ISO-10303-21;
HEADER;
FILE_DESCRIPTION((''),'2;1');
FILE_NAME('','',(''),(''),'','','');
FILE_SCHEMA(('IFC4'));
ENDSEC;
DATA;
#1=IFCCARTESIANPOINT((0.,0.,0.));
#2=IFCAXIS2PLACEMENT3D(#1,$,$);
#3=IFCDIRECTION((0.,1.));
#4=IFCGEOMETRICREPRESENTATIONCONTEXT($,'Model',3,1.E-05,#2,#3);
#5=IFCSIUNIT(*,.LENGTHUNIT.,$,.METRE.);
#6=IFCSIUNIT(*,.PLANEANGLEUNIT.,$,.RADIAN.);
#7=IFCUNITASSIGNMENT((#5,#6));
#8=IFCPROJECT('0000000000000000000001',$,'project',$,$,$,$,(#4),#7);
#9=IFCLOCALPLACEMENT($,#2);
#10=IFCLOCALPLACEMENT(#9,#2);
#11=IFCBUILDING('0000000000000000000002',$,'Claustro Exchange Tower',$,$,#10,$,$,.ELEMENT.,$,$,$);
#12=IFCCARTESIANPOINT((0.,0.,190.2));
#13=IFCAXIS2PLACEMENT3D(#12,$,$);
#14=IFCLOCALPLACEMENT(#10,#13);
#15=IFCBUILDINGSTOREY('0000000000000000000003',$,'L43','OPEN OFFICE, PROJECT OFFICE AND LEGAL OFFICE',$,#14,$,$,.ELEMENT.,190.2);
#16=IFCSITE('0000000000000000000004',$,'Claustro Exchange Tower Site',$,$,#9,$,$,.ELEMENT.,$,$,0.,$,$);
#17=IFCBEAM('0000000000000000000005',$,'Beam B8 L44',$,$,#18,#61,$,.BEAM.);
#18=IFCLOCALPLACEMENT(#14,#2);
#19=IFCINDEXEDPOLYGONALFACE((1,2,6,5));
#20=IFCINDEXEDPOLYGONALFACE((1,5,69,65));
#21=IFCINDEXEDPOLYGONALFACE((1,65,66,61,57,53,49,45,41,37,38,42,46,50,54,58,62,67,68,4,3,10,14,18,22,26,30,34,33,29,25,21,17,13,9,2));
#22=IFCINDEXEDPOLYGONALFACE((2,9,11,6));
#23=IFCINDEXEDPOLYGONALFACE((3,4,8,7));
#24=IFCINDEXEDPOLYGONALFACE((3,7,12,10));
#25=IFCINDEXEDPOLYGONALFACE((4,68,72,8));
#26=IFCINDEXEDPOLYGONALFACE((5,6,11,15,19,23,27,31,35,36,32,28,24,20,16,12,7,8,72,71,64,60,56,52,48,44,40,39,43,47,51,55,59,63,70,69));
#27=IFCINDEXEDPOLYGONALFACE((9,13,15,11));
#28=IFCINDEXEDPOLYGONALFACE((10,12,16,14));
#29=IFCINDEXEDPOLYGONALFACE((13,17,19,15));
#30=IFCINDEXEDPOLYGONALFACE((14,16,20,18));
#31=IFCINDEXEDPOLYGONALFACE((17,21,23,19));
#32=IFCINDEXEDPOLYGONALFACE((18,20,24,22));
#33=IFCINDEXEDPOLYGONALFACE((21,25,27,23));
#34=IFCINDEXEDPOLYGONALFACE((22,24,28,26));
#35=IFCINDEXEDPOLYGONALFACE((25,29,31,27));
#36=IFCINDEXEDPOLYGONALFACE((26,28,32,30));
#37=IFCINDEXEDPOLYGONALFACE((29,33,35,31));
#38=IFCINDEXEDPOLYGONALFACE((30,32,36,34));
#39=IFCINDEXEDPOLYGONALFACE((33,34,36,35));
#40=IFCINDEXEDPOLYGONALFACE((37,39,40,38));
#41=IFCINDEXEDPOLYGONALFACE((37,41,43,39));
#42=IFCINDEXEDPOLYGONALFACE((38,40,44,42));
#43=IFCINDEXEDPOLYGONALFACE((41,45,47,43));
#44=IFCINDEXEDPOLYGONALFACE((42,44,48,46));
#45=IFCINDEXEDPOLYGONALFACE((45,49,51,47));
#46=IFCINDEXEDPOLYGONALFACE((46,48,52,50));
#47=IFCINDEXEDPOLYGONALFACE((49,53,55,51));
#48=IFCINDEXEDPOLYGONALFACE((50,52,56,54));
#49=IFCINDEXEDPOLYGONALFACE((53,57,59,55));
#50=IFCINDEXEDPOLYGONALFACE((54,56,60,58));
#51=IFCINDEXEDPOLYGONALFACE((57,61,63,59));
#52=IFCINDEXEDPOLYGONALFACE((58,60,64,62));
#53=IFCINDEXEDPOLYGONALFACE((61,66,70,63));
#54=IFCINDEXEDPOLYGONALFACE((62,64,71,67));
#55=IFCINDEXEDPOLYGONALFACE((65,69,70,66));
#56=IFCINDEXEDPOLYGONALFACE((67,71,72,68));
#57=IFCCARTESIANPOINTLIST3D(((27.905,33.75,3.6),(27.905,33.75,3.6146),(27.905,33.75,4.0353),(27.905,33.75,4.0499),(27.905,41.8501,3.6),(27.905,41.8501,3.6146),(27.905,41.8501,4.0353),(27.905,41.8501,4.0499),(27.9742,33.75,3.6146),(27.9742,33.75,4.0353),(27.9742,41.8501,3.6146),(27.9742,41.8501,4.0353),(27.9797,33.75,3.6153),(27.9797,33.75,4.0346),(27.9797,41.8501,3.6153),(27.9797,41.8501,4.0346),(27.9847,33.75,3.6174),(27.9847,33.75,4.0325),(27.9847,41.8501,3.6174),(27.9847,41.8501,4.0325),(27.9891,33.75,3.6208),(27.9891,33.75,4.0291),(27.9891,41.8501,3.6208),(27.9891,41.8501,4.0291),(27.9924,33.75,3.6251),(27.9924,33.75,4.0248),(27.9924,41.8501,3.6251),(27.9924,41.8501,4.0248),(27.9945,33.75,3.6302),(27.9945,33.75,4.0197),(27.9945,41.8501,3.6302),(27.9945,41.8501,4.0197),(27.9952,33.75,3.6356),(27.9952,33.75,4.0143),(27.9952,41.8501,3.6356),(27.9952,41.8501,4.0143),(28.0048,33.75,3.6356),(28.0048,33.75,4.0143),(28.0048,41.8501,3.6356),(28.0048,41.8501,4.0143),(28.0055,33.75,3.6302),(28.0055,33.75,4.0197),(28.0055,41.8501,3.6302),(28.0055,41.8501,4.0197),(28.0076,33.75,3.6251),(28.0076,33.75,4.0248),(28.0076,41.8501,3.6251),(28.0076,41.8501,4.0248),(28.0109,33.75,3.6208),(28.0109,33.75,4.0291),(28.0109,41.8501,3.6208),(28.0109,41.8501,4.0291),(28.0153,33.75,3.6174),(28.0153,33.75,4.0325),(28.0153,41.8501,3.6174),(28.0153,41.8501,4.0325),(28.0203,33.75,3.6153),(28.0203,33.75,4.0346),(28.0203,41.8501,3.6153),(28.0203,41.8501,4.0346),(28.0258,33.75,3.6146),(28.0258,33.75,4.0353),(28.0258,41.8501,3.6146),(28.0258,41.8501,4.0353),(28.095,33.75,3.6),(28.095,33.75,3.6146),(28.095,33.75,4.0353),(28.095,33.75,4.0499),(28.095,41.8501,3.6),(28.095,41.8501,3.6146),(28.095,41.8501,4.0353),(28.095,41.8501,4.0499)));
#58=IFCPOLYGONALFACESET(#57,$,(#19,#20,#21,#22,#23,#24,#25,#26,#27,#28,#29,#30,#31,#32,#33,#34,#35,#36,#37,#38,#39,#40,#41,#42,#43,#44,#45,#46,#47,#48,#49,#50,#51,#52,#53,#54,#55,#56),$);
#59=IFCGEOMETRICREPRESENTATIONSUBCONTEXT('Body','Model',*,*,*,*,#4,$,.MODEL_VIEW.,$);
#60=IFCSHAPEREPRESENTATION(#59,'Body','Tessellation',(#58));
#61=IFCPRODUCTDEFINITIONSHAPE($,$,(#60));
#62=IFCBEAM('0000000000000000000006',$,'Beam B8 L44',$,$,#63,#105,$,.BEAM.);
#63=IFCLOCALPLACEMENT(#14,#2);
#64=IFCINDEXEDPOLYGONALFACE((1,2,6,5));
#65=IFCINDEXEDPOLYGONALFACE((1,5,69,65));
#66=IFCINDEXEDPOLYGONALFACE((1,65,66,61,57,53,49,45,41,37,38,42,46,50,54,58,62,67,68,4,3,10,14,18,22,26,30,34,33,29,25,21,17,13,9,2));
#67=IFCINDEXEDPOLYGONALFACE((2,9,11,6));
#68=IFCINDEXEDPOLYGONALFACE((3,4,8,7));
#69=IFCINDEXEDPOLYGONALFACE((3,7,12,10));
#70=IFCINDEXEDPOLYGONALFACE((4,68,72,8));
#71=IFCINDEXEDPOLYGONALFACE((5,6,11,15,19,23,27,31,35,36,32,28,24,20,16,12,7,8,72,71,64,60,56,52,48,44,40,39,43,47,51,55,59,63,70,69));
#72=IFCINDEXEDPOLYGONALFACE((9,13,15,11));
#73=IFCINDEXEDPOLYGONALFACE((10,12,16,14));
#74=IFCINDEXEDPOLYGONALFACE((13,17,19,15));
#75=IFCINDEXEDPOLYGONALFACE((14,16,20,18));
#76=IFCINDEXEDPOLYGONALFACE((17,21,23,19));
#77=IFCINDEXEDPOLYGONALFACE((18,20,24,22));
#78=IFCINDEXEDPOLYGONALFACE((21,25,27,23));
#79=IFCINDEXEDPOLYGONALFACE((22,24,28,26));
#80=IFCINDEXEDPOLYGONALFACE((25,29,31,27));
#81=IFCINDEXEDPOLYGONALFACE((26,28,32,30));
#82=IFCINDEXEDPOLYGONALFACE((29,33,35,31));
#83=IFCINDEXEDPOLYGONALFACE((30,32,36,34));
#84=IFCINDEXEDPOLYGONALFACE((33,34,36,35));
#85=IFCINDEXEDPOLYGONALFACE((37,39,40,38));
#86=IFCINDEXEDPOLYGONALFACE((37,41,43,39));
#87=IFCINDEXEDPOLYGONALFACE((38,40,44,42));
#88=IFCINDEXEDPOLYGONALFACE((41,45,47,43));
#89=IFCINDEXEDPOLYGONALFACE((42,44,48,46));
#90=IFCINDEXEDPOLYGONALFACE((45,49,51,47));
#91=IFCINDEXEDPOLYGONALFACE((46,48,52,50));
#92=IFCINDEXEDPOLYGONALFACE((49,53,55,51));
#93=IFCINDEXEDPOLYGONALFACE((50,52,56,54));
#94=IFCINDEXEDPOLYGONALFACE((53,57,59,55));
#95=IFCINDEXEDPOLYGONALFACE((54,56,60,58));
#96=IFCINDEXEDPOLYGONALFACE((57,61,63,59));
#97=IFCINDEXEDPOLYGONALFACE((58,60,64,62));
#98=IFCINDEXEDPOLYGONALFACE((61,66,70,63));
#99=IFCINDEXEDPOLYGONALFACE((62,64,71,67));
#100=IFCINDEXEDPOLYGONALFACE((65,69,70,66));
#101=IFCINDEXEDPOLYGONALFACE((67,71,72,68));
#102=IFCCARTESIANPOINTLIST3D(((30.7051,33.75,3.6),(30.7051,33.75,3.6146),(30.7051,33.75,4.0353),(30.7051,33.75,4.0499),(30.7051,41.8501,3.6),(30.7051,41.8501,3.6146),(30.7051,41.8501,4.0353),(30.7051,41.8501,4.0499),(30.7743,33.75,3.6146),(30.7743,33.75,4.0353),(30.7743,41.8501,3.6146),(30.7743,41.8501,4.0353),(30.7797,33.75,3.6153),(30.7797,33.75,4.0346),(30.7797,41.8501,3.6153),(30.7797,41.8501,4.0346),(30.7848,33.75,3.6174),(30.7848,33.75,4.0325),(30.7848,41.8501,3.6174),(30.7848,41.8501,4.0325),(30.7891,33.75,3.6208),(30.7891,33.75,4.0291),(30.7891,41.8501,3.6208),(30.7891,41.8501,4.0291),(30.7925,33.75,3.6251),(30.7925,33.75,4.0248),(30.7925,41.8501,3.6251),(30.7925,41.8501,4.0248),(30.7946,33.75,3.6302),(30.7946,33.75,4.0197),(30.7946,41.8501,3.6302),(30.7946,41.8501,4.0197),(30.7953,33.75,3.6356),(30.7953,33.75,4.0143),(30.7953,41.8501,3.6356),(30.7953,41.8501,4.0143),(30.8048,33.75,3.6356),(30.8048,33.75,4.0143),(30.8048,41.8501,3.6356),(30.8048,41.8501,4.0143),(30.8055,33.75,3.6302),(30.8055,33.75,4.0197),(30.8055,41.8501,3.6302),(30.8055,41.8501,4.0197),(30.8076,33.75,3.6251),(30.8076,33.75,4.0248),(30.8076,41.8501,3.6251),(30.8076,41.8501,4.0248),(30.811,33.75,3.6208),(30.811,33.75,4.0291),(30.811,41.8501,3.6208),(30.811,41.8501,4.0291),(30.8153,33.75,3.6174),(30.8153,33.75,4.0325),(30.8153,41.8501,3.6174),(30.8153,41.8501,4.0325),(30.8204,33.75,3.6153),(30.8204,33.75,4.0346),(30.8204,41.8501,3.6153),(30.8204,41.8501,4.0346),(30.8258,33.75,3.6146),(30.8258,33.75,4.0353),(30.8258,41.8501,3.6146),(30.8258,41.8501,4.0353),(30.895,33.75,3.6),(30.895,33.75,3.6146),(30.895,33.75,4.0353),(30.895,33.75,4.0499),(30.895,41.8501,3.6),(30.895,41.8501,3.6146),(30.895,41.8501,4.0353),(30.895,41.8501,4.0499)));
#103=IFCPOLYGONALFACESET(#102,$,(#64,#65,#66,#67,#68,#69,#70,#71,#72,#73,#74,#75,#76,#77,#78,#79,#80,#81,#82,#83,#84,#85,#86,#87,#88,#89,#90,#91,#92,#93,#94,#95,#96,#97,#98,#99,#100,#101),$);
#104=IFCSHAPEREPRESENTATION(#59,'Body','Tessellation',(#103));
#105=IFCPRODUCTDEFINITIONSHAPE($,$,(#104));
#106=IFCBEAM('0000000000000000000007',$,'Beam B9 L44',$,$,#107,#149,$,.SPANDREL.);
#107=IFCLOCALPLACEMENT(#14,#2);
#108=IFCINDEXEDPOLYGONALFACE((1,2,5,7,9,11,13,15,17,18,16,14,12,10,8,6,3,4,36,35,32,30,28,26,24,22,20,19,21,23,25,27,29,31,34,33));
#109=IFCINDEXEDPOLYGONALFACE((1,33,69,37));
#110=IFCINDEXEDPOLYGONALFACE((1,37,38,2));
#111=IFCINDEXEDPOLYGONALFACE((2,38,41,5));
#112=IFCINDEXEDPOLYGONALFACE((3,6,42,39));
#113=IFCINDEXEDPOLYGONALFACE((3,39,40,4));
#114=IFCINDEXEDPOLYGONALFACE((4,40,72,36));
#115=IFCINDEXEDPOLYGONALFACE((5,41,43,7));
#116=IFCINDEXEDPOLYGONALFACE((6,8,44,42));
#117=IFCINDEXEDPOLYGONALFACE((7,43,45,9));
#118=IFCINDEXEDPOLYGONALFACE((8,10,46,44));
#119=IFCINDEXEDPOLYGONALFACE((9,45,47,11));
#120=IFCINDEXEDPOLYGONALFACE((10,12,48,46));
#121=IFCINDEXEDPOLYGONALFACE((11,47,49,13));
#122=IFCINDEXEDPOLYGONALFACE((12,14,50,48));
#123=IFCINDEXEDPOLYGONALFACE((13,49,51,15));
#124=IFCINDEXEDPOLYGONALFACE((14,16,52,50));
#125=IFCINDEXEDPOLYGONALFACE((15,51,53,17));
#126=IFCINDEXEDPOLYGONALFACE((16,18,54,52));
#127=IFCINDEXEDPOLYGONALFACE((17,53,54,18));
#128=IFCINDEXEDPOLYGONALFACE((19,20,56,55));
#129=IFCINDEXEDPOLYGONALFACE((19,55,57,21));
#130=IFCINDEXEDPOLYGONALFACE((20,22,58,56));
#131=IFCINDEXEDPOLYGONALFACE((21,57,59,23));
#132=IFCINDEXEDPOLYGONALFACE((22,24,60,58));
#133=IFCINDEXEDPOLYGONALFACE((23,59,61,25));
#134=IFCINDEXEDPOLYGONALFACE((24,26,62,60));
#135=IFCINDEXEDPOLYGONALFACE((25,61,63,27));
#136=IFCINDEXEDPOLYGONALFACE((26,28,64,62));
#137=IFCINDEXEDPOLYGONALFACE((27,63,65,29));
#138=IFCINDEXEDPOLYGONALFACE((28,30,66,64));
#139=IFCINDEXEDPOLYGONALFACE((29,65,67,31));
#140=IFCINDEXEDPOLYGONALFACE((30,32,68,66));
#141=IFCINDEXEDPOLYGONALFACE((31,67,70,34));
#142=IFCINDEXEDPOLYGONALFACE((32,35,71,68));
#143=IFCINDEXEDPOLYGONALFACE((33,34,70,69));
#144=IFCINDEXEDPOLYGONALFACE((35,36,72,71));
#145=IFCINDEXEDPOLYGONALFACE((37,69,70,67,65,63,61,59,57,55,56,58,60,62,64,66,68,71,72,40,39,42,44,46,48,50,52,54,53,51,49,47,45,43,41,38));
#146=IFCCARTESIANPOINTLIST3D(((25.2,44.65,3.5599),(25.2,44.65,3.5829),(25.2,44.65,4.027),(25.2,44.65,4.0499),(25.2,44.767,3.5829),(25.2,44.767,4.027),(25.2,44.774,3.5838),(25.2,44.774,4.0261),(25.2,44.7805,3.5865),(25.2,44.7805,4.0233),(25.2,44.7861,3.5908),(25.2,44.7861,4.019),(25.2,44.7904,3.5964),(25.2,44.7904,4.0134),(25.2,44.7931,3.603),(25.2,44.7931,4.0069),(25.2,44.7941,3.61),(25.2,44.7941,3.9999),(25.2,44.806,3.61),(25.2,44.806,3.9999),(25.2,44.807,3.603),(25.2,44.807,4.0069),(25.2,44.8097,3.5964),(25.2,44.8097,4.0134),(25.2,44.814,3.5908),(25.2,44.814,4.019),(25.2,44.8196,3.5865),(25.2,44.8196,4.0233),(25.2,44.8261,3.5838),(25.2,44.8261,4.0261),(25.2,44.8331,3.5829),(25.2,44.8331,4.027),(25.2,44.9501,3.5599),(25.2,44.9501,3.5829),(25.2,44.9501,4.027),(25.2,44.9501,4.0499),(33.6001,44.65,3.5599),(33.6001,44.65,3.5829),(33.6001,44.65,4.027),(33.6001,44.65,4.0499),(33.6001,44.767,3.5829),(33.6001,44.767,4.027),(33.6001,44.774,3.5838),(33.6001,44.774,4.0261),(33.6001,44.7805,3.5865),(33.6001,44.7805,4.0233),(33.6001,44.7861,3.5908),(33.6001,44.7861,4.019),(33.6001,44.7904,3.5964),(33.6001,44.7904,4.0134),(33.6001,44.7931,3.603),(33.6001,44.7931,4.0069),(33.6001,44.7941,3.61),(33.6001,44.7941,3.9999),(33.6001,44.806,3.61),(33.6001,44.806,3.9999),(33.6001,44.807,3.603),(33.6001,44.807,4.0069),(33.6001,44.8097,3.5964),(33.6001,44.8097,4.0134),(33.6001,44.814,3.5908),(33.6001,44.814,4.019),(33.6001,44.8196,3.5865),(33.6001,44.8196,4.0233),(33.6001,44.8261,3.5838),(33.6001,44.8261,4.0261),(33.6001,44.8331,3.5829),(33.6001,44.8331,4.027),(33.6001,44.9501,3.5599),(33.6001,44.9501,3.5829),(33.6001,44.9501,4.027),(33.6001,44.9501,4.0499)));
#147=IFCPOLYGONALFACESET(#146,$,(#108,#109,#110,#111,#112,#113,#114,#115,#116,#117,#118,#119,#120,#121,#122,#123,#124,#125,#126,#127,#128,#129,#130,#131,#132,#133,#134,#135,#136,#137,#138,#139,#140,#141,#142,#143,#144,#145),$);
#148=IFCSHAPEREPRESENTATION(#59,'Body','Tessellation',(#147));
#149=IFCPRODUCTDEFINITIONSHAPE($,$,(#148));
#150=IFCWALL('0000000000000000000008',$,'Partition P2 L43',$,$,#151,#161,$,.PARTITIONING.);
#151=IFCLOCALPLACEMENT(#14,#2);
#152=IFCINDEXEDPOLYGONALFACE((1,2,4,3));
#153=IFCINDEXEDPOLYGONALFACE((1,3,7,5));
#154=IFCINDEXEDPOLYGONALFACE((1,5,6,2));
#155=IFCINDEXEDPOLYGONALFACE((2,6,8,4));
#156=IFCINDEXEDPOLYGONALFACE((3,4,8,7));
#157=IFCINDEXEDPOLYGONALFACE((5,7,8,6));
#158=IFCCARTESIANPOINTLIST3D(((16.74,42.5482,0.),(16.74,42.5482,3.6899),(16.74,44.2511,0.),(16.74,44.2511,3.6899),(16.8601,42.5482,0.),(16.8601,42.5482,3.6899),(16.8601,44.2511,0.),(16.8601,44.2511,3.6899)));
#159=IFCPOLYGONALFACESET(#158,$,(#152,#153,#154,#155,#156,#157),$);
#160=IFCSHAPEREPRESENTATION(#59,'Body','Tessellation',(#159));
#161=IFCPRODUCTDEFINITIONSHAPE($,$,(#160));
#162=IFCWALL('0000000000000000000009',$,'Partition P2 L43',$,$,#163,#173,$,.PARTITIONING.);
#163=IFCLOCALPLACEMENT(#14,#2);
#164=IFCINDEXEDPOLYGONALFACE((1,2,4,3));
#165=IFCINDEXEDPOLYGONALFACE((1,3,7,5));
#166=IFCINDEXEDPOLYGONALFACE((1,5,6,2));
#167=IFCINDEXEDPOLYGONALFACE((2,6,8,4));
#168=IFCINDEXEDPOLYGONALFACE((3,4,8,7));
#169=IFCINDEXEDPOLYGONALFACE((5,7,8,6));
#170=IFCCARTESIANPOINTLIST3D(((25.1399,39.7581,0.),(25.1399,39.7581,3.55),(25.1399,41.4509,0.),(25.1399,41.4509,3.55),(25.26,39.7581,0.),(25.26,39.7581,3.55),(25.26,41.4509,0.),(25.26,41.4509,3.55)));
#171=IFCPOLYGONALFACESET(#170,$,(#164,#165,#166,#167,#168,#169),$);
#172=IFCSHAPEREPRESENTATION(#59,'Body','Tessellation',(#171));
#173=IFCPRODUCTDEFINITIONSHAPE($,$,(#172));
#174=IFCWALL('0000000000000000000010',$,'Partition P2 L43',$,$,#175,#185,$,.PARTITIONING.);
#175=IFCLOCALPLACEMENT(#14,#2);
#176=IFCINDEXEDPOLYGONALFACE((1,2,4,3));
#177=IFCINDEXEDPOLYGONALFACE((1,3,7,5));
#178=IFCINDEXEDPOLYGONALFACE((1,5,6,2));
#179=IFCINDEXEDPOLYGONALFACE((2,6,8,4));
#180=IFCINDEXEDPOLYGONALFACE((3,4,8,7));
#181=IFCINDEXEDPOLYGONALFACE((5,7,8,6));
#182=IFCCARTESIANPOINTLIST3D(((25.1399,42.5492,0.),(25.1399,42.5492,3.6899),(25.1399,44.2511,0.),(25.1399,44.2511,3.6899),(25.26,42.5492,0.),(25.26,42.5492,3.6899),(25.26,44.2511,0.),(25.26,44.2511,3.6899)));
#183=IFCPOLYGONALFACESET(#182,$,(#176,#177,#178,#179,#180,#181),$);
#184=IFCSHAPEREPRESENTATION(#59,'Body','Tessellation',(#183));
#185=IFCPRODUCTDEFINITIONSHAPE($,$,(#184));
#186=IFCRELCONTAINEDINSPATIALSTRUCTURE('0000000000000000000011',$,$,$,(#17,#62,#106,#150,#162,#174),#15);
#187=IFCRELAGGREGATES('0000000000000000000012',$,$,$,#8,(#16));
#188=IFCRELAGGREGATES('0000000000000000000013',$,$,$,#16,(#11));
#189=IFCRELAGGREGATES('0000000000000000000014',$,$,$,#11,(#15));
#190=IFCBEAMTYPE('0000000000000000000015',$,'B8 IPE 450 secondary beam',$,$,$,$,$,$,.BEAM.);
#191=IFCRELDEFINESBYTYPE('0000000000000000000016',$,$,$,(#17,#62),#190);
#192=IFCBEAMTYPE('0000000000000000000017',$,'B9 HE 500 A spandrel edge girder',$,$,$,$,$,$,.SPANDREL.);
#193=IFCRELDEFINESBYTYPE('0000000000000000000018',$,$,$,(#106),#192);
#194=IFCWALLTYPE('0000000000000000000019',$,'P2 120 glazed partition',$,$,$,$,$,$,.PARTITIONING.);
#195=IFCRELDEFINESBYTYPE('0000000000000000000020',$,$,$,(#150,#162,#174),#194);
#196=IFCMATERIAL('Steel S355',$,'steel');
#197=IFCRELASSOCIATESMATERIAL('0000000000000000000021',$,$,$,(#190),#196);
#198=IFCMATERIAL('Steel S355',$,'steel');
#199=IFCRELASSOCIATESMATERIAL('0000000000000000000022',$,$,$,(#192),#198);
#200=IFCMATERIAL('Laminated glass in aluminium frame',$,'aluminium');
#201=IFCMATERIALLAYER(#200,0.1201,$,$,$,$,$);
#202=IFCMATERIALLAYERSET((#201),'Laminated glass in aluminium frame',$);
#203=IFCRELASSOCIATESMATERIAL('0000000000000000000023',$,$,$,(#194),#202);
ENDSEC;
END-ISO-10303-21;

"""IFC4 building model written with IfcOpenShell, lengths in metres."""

from ifc_helpers import new_model, si_unit, direction, frame, frame_2d, origin, origin_2d, place, context, subcontext, project, spatial, rectangle, i_section, extrude, material, layer, layer_set, material_profile, profile_set, type_object, element, save


model = new_model("IFC4")

# Units and contexts
model_context = context("Model", 3, precision=1e-05, world=origin(), true_north=direction((0.0, 1.0)))
body_context = subcontext(model_context, "Body", "Model", "MODEL_VIEW")
ifc_project = project(units=[si_unit("LENGTHUNIT", "METRE"), si_unit("PLANEANGLEUNIT", "RADIAN")], contexts=[model_context])

# Site, building, storey
site_placement = place(None, origin())
site = spatial("IfcSite", under=ifc_project, at=site_placement, Name="Claustro Exchange Tower Site", CompositionType="ELEMENT", RefElevation=0.0)
building_placement = place(site_placement, origin())
building = spatial("IfcBuilding", under=site, at=building_placement, Name="Claustro Exchange Tower", CompositionType="ELEMENT")
storey_placement = place(building_placement, frame((0.0, 0.0, 190.2)))
storey = spatial("IfcBuildingStorey", under=building, at=storey_placement, Name="L43", Description="OPEN OFFICE, PROJECT OFFICE AND LEGAL OFFICE", CompositionType="ELEMENT", Elevation=190.2)

# Beams
ifc_material_1 = material(Name="Steel S355", Category="steel")
ifc_material_profile_1 = material_profile(ifc_material_1, i_section(OverallWidth=0.1899, OverallDepth=0.45, WebThickness=0.0095, FlangeThickness=0.0146, FilletRadius=0.021, at=origin_2d()), Name="IPE 450")
ifc_profile_set_1 = profile_set([ifc_material_profile_1], Name="Steel S355")
beam_type_1 = type_object("IfcBeamType", Name="B8 IPE 450 secondary beam", PredefinedType="BEAM", material=ifc_profile_set_1)
for number, where, z_axis, x_axis, name in (
    (1, (28.0, 33.75, 3.825), (0.0, 1.0, 0.0), (-1.0, 0.0, 0.0), "Beam B8 L44"),
    (2, (30.8, 33.75, 3.825), (0.0, 1.0, 0.0), (-1.0, 0.0, 0.0), "Beam B8 L44"),
):
    element("IfcBeam", number, at=place(storey_placement, frame(where, z_axis=z_axis, x_axis=x_axis)), inside=storey, type_object=beam_type_1, Name=name, PredefinedType="BEAM", context=body_context, shape_type="SweptSolid", body=[
        extrude(i_section(OverallWidth=0.1899, OverallDepth=0.45, WebThickness=0.0095, FlangeThickness=0.0146, FilletRadius=0.021, at=origin_2d()), origin(), (0.0, 0.0, 1.0), 8.1001),
    ])
ifc_material_2 = material(Name="Steel S355", Category="steel")
ifc_material_profile_2 = material_profile(ifc_material_2, i_section(OverallWidth=0.3, OverallDepth=0.49, WebThickness=0.012, FlangeThickness=0.0229, FilletRadius=0.0271, at=origin_2d()), Name="HE 500 A")
ifc_profile_set_2 = profile_set([ifc_material_profile_2], Name="Steel S355")
beam_type_2 = type_object("IfcBeamType", Name="B9 HE 500 A spandrel edge girder", PredefinedType="SPANDREL", material=ifc_profile_set_2)
beam_1_placement = place(storey_placement, frame((25.2, 44.8, 3.8049), z_axis=(1.0, 0.0, 0.0), x_axis=(0.0, 1.0, 0.0)))
element("IfcBeam", 3, at=beam_1_placement, inside=storey, type_object=beam_type_2, Name="Beam B9 L44", PredefinedType="SPANDREL", context=body_context, shape_type="SweptSolid", body=[
    extrude(i_section(OverallWidth=0.3, OverallDepth=0.49, WebThickness=0.012, FlangeThickness=0.0229, FilletRadius=0.0271, at=origin_2d()), origin(), (0.0, 0.0, 1.0), 8.4001),
])

# Walls
ifc_material_3 = material(Name="Laminated glass in aluminium frame", Category="aluminium")
ifc_layer_1 = layer(ifc_material_3, 0.1201)
ifc_layer_set_1 = layer_set([ifc_layer_1], Name="Laminated glass in aluminium frame")
wall_type_1 = type_object("IfcWallType", Name="P2 120 glazed partition", PredefinedType="PARTITIONING", material=ifc_layer_set_1)
wall_1_placement = place(storey_placement, frame((16.8, 42.5481, 0.0), z_axis=(0.0, 0.0, 1.0), x_axis=(0.0, 1.0, 0.0)))
element("IfcWall", 4, at=wall_1_placement, inside=storey, type_object=wall_type_1, Name="Partition P2 L43", PredefinedType="PARTITIONING", context=body_context, shape_type="SweptSolid", body=[
    extrude(rectangle(XDim=1.7029, YDim=0.1201, at=frame_2d((0.8516, 0.0))), origin(), (0.0, 0.0, 1.0), 3.6899),
])
wall_2_placement = place(storey_placement, frame((25.2, 39.7581, 0.0), z_axis=(0.0, 0.0, 1.0), x_axis=(0.0, 1.0, 0.0)))
element("IfcWall", 5, at=wall_2_placement, inside=storey, type_object=wall_type_1, Name="Partition P2 L43", PredefinedType="PARTITIONING", context=body_context, shape_type="SweptSolid", body=[
    extrude(rectangle(XDim=1.6929, YDim=0.1201, at=frame_2d((0.8464, 0.0))), origin(), (0.0, 0.0, 1.0), 3.55),
])
wall_3_placement = place(storey_placement, frame((25.2, 42.5491, 0.0), z_axis=(0.0, 0.0, 1.0), x_axis=(0.0, 1.0, 0.0)))
element("IfcWall", 6, at=wall_3_placement, inside=storey, type_object=wall_type_1, Name="Partition P2 L43", PredefinedType="PARTITIONING", context=body_context, shape_type="SweptSolid", body=[
    extrude(rectangle(XDim=1.7019, YDim=0.1201, at=frame_2d((0.8511, 0.0))), origin(), (0.0, 0.0, 1.0), 3.6899),
])

save(model, "model.ifc")
